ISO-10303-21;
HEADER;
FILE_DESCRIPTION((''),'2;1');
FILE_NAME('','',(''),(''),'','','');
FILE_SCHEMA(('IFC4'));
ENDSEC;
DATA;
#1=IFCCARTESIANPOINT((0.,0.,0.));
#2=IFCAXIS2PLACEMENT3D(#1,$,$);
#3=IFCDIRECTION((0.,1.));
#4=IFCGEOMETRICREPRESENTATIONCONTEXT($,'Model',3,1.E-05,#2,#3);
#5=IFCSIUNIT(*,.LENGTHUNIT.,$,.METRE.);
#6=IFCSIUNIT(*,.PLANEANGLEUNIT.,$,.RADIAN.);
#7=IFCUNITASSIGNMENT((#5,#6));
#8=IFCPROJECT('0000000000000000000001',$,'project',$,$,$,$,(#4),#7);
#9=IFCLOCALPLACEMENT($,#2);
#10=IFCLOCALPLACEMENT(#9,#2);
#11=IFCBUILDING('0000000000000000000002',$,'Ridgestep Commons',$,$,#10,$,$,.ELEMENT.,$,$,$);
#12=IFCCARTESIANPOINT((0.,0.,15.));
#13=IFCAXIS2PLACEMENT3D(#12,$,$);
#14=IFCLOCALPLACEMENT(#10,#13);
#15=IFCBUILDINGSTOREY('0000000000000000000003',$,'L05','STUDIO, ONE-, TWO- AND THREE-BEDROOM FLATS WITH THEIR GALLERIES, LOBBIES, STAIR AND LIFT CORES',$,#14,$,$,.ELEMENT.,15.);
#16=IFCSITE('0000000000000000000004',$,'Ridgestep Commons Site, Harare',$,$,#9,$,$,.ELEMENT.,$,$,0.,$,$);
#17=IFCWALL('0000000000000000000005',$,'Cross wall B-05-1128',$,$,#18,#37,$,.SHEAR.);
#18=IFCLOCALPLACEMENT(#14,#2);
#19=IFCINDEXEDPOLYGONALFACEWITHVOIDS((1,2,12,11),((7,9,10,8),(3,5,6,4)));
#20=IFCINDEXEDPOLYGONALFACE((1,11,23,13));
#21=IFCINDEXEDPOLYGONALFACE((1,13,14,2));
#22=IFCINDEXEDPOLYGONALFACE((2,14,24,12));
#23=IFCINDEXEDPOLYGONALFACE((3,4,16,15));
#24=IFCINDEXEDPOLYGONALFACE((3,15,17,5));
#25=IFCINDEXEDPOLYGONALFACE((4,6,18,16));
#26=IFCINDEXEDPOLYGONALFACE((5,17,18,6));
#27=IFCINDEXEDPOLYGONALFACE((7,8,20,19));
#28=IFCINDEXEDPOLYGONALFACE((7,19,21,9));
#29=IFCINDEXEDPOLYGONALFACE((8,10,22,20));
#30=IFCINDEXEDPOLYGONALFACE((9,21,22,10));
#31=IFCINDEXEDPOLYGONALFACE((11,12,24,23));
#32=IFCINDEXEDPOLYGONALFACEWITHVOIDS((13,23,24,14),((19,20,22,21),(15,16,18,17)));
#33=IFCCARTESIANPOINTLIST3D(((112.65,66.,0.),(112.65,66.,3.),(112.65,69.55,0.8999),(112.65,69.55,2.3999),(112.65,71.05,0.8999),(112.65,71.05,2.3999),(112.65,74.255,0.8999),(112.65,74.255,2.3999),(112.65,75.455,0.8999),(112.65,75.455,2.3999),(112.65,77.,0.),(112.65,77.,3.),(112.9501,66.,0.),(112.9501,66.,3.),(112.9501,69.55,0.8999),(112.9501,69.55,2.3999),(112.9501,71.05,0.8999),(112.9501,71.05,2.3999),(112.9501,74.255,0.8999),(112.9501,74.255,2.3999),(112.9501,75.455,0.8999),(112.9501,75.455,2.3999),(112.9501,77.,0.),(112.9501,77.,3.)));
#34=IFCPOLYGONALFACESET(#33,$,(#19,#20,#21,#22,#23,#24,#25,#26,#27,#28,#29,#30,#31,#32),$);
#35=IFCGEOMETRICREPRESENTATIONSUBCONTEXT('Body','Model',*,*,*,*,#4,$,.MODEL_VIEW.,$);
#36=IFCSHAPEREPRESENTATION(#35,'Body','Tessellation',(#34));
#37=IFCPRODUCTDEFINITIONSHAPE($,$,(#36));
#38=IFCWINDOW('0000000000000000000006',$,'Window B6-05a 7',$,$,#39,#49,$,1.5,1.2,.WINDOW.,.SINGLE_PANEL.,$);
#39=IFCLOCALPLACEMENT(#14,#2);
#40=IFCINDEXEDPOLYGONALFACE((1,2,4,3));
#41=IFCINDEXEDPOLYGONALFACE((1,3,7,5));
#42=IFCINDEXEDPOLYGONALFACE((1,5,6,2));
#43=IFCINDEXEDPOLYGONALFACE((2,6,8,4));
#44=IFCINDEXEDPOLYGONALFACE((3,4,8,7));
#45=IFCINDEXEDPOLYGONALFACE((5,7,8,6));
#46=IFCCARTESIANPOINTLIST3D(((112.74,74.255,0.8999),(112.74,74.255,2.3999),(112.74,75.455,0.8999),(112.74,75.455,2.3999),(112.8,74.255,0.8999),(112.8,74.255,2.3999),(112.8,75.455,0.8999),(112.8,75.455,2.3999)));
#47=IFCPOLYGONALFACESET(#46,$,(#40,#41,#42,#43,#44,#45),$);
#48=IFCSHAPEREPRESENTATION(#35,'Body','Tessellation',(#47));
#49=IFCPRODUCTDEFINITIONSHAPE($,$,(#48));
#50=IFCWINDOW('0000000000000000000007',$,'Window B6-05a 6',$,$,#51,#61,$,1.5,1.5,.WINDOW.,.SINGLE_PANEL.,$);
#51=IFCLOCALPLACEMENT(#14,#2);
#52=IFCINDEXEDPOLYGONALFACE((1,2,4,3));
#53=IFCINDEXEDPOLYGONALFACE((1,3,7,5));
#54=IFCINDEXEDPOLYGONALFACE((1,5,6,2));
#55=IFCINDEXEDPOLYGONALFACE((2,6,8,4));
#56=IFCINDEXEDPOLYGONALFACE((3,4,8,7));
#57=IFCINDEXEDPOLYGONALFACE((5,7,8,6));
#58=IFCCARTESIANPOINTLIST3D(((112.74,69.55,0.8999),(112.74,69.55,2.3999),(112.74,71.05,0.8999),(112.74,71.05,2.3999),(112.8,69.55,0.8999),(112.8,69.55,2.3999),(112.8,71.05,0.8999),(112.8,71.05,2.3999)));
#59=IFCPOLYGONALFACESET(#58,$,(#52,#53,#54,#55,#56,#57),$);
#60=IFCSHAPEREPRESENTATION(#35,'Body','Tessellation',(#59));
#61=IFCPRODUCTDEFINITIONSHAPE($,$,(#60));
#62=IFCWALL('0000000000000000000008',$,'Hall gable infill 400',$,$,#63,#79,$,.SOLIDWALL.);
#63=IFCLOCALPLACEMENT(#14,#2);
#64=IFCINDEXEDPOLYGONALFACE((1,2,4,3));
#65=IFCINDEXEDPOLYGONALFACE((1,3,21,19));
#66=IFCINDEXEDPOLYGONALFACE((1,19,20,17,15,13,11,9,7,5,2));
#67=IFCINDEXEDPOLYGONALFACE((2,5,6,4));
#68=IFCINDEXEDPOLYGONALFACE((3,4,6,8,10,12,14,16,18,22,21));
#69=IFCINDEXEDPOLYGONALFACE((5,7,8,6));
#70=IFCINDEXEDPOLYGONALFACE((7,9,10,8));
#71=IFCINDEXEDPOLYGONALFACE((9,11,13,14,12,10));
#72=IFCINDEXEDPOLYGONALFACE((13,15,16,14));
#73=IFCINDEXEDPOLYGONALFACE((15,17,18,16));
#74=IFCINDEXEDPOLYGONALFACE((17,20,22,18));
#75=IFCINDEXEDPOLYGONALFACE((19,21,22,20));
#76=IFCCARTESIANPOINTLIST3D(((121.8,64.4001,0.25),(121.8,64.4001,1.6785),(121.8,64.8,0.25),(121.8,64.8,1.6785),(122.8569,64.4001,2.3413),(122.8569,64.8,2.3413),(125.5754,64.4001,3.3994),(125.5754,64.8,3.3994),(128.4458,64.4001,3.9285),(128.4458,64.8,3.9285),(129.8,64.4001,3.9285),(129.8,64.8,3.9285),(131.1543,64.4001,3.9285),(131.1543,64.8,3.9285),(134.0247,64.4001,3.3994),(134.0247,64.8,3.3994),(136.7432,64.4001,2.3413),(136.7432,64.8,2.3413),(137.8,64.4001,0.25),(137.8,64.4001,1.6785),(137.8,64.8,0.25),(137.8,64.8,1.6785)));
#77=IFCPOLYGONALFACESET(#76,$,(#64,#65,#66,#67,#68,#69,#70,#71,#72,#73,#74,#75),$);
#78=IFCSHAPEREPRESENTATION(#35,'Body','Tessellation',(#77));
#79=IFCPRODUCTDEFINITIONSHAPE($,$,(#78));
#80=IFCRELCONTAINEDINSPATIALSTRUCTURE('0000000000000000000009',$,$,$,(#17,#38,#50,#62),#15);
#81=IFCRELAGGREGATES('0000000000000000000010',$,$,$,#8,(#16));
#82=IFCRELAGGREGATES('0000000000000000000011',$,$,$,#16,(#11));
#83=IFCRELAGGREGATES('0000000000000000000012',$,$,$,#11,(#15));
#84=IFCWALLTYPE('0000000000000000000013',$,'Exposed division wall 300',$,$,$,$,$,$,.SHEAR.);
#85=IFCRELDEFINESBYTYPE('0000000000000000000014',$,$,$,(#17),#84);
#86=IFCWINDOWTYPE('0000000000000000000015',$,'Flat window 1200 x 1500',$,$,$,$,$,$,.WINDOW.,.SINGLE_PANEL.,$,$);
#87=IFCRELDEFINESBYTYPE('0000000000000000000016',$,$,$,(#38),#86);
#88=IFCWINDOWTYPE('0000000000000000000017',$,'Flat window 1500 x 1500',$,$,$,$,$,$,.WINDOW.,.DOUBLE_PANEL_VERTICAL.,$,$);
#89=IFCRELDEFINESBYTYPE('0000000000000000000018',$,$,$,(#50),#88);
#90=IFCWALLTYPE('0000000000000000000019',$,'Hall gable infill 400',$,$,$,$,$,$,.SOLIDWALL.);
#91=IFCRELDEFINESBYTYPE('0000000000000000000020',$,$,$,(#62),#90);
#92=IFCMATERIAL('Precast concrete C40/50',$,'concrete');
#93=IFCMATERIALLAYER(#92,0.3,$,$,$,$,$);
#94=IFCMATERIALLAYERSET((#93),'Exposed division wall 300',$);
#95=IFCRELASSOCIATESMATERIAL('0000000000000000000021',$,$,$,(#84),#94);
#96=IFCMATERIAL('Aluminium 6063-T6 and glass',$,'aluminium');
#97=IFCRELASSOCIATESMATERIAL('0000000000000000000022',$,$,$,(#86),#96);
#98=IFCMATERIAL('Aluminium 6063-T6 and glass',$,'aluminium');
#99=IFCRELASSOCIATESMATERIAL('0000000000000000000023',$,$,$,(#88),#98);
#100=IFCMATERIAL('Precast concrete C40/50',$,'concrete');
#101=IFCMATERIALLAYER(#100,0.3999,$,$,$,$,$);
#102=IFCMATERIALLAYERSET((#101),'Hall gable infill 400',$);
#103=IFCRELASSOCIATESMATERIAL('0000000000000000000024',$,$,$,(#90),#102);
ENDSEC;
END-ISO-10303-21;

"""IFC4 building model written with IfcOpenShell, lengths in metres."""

from ifc_helpers import new_model, si_unit, direction, frame, frame_2d, origin, place, context, subcontext, project, spatial, polyline, rectangle, outline, extrude, material, layer, layer_set, type_object, element, fill, save


model = new_model("IFC4")

# Units and contexts
model_context = context("Model", 3, precision=1e-05, world=origin(), true_north=direction((0.0, 1.0)))
body_context = subcontext(model_context, "Body", "Model", "MODEL_VIEW")
ifc_project = project(units=[si_unit("LENGTHUNIT", "METRE"), si_unit("PLANEANGLEUNIT", "RADIAN")], contexts=[model_context])

# Site, building, storey
site_placement = place(None, origin())
site = spatial("IfcSite", under=ifc_project, at=site_placement, Name="Ridgestep Commons Site, Harare", CompositionType="ELEMENT", RefElevation=0.0)
building_placement = place(site_placement, origin())
building = spatial("IfcBuilding", under=site, at=building_placement, Name="Ridgestep Commons", CompositionType="ELEMENT")
storey_placement = place(building_placement, frame((0.0, 0.0, 15.0)))
storey = spatial("IfcBuildingStorey", under=building, at=storey_placement, Name="L05", Description="STUDIO, ONE-, TWO- AND THREE-BEDROOM FLATS WITH THEIR GALLERIES, LOBBIES, STAIR AND LIFT CORES", CompositionType="ELEMENT", Elevation=15.0)

# Wall, openings, windows
ifc_material_1 = material(Name="Precast concrete C40/50", Category="concrete")
ifc_layer_1 = layer(ifc_material_1, 0.3)
ifc_layer_set_1 = layer_set([ifc_layer_1], Name="Exposed division wall 300")
wall_type_1 = type_object("IfcWallType", Name="Exposed division wall 300", PredefinedType="SHEAR", material=ifc_layer_set_1)
wall_1_placement = place(storey_placement, frame((112.8, 66.0, 0.0), z_axis=(0.0, 0.0, 1.0), x_axis=(0.0, 1.0, 0.0)))
wall_1 = element("IfcWall", 1, at=wall_1_placement, inside=storey, type_object=wall_type_1, Name="Cross wall B-05-1128", PredefinedType="SHEAR", context=body_context, shape_type="SweptSolid", body=[
    extrude(rectangle(XDim=11.0, YDim=0.3, at=frame_2d((5.5, 0.0))), origin(), (0.0, 0.0, 1.0), 3.0),
])
opening_1_placement = place(wall_1_placement, frame((3.55, 0.0, 0.8999)))
opening_1 = element("IfcOpeningElement", 2, at=opening_1_placement, cuts=wall_1, PredefinedType="OPENING", context=body_context, shape_type="SweptSolid", body=[
    extrude(rectangle(XDim=1.5, YDim=1.5, at=frame_2d((0.75, 0.75))), frame((0.0, 0.1599, 0.0), z_axis=(0.0, -1.0, 0.0), x_axis=(1.0, 0.0, 0.0)), (0.0, 0.0, 1.0), 0.3201),
])
opening_2_placement = place(wall_1_placement, frame((8.2549, 0.0, 0.8999)))
opening_2 = element("IfcOpeningElement", 3, at=opening_2_placement, cuts=wall_1, PredefinedType="OPENING", context=body_context, shape_type="SweptSolid", body=[
    extrude(rectangle(XDim=1.2, YDim=1.5, at=frame_2d((0.6001, 0.75))), frame((0.0, 0.1599, 0.0), z_axis=(0.0, -1.0, 0.0), x_axis=(1.0, 0.0, 0.0)), (0.0, 0.0, 1.0), 0.3201),
])
ifc_material_2 = material(Name="Aluminium 6063-T6 and glass", Category="aluminium")
window_type_1 = type_object("IfcWindowType", Name="Flat window 1200 x 1500", PartitioningType="SINGLE_PANEL", PredefinedType="WINDOW", material=ifc_material_2)
window_1_placement = place(opening_2_placement, origin())
window_1 = element("IfcWindow", 4, at=window_1_placement, inside=storey, type_object=window_type_1, Name="Window B6-05a 7", OverallHeight=1.5, OverallWidth=1.2, PartitioningType="SINGLE_PANEL", PredefinedType="WINDOW", context=body_context, shape_type="SweptSolid", body=[
    extrude(rectangle(XDim=1.2, YDim=1.5, at=frame_2d((0.6001, 0.75))), frame((0.0, 0.0601, 0.0), z_axis=(0.0, -1.0, 0.0), x_axis=(1.0, 0.0, 0.0)), (0.0, 0.0, 1.0), 0.0601),
])
fill(opening_2, window_1)
ifc_material_3 = material(Name="Aluminium 6063-T6 and glass", Category="aluminium")
window_type_2 = type_object("IfcWindowType", Name="Flat window 1500 x 1500", PartitioningType="DOUBLE_PANEL_VERTICAL", PredefinedType="WINDOW", material=ifc_material_3)
window_2_placement = place(opening_1_placement, origin())
window_2 = element("IfcWindow", 5, at=window_2_placement, inside=storey, type_object=window_type_2, Name="Window B6-05a 6", OverallHeight=1.5, OverallWidth=1.5, PartitioningType="SINGLE_PANEL", PredefinedType="WINDOW", context=body_context, shape_type="SweptSolid", body=[
    extrude(rectangle(XDim=1.5, YDim=1.5, at=frame_2d((0.75, 0.75))), frame((0.0, 0.0601, 0.0), z_axis=(0.0, -1.0, 0.0), x_axis=(1.0, 0.0, 0.0)), (0.0, 0.0, 1.0), 0.0601),
])
fill(opening_1, window_2)

# Wall
ifc_material_4 = material(Name="Precast concrete C40/50", Category="concrete")
ifc_layer_2 = layer(ifc_material_4, 0.3999)
ifc_layer_set_2 = layer_set([ifc_layer_2], Name="Hall gable infill 400")
wall_type_2 = type_object("IfcWallType", Name="Hall gable infill 400", PredefinedType="SOLIDWALL", material=ifc_layer_set_2)
wall_2_placement = place(storey_placement, frame((121.8, 64.6001, 0.25), z_axis=(0.0, 0.0, 1.0), x_axis=(1.0, 0.0, 0.0)))
element("IfcWall", 6, at=wall_2_placement, inside=storey, type_object=wall_type_2, Name="Hall gable infill 400", PredefinedType="SOLIDWALL", context=body_context, shape_type="SweptSolid", body=[
    extrude(outline(polyline([(0.0, 0.0), (16.0, 0.0), (16.0, 1.4285), (14.9431, 2.0913), (12.2246, 3.1494), (9.3542, 3.6785), (8.0, 3.6785), (6.6458, 3.6785), (3.7754, 3.1494), (1.0569, 2.0913), (0.0, 1.4285), (0.0, 0.0)])), frame((0.0, 0.2, 0.0), z_axis=(0.0, -1.0, 0.0), x_axis=(1.0, 0.0, 0.0)), (0.0, 0.0, 1.0), 0.3999),
])

save(model, "model.ifc")
